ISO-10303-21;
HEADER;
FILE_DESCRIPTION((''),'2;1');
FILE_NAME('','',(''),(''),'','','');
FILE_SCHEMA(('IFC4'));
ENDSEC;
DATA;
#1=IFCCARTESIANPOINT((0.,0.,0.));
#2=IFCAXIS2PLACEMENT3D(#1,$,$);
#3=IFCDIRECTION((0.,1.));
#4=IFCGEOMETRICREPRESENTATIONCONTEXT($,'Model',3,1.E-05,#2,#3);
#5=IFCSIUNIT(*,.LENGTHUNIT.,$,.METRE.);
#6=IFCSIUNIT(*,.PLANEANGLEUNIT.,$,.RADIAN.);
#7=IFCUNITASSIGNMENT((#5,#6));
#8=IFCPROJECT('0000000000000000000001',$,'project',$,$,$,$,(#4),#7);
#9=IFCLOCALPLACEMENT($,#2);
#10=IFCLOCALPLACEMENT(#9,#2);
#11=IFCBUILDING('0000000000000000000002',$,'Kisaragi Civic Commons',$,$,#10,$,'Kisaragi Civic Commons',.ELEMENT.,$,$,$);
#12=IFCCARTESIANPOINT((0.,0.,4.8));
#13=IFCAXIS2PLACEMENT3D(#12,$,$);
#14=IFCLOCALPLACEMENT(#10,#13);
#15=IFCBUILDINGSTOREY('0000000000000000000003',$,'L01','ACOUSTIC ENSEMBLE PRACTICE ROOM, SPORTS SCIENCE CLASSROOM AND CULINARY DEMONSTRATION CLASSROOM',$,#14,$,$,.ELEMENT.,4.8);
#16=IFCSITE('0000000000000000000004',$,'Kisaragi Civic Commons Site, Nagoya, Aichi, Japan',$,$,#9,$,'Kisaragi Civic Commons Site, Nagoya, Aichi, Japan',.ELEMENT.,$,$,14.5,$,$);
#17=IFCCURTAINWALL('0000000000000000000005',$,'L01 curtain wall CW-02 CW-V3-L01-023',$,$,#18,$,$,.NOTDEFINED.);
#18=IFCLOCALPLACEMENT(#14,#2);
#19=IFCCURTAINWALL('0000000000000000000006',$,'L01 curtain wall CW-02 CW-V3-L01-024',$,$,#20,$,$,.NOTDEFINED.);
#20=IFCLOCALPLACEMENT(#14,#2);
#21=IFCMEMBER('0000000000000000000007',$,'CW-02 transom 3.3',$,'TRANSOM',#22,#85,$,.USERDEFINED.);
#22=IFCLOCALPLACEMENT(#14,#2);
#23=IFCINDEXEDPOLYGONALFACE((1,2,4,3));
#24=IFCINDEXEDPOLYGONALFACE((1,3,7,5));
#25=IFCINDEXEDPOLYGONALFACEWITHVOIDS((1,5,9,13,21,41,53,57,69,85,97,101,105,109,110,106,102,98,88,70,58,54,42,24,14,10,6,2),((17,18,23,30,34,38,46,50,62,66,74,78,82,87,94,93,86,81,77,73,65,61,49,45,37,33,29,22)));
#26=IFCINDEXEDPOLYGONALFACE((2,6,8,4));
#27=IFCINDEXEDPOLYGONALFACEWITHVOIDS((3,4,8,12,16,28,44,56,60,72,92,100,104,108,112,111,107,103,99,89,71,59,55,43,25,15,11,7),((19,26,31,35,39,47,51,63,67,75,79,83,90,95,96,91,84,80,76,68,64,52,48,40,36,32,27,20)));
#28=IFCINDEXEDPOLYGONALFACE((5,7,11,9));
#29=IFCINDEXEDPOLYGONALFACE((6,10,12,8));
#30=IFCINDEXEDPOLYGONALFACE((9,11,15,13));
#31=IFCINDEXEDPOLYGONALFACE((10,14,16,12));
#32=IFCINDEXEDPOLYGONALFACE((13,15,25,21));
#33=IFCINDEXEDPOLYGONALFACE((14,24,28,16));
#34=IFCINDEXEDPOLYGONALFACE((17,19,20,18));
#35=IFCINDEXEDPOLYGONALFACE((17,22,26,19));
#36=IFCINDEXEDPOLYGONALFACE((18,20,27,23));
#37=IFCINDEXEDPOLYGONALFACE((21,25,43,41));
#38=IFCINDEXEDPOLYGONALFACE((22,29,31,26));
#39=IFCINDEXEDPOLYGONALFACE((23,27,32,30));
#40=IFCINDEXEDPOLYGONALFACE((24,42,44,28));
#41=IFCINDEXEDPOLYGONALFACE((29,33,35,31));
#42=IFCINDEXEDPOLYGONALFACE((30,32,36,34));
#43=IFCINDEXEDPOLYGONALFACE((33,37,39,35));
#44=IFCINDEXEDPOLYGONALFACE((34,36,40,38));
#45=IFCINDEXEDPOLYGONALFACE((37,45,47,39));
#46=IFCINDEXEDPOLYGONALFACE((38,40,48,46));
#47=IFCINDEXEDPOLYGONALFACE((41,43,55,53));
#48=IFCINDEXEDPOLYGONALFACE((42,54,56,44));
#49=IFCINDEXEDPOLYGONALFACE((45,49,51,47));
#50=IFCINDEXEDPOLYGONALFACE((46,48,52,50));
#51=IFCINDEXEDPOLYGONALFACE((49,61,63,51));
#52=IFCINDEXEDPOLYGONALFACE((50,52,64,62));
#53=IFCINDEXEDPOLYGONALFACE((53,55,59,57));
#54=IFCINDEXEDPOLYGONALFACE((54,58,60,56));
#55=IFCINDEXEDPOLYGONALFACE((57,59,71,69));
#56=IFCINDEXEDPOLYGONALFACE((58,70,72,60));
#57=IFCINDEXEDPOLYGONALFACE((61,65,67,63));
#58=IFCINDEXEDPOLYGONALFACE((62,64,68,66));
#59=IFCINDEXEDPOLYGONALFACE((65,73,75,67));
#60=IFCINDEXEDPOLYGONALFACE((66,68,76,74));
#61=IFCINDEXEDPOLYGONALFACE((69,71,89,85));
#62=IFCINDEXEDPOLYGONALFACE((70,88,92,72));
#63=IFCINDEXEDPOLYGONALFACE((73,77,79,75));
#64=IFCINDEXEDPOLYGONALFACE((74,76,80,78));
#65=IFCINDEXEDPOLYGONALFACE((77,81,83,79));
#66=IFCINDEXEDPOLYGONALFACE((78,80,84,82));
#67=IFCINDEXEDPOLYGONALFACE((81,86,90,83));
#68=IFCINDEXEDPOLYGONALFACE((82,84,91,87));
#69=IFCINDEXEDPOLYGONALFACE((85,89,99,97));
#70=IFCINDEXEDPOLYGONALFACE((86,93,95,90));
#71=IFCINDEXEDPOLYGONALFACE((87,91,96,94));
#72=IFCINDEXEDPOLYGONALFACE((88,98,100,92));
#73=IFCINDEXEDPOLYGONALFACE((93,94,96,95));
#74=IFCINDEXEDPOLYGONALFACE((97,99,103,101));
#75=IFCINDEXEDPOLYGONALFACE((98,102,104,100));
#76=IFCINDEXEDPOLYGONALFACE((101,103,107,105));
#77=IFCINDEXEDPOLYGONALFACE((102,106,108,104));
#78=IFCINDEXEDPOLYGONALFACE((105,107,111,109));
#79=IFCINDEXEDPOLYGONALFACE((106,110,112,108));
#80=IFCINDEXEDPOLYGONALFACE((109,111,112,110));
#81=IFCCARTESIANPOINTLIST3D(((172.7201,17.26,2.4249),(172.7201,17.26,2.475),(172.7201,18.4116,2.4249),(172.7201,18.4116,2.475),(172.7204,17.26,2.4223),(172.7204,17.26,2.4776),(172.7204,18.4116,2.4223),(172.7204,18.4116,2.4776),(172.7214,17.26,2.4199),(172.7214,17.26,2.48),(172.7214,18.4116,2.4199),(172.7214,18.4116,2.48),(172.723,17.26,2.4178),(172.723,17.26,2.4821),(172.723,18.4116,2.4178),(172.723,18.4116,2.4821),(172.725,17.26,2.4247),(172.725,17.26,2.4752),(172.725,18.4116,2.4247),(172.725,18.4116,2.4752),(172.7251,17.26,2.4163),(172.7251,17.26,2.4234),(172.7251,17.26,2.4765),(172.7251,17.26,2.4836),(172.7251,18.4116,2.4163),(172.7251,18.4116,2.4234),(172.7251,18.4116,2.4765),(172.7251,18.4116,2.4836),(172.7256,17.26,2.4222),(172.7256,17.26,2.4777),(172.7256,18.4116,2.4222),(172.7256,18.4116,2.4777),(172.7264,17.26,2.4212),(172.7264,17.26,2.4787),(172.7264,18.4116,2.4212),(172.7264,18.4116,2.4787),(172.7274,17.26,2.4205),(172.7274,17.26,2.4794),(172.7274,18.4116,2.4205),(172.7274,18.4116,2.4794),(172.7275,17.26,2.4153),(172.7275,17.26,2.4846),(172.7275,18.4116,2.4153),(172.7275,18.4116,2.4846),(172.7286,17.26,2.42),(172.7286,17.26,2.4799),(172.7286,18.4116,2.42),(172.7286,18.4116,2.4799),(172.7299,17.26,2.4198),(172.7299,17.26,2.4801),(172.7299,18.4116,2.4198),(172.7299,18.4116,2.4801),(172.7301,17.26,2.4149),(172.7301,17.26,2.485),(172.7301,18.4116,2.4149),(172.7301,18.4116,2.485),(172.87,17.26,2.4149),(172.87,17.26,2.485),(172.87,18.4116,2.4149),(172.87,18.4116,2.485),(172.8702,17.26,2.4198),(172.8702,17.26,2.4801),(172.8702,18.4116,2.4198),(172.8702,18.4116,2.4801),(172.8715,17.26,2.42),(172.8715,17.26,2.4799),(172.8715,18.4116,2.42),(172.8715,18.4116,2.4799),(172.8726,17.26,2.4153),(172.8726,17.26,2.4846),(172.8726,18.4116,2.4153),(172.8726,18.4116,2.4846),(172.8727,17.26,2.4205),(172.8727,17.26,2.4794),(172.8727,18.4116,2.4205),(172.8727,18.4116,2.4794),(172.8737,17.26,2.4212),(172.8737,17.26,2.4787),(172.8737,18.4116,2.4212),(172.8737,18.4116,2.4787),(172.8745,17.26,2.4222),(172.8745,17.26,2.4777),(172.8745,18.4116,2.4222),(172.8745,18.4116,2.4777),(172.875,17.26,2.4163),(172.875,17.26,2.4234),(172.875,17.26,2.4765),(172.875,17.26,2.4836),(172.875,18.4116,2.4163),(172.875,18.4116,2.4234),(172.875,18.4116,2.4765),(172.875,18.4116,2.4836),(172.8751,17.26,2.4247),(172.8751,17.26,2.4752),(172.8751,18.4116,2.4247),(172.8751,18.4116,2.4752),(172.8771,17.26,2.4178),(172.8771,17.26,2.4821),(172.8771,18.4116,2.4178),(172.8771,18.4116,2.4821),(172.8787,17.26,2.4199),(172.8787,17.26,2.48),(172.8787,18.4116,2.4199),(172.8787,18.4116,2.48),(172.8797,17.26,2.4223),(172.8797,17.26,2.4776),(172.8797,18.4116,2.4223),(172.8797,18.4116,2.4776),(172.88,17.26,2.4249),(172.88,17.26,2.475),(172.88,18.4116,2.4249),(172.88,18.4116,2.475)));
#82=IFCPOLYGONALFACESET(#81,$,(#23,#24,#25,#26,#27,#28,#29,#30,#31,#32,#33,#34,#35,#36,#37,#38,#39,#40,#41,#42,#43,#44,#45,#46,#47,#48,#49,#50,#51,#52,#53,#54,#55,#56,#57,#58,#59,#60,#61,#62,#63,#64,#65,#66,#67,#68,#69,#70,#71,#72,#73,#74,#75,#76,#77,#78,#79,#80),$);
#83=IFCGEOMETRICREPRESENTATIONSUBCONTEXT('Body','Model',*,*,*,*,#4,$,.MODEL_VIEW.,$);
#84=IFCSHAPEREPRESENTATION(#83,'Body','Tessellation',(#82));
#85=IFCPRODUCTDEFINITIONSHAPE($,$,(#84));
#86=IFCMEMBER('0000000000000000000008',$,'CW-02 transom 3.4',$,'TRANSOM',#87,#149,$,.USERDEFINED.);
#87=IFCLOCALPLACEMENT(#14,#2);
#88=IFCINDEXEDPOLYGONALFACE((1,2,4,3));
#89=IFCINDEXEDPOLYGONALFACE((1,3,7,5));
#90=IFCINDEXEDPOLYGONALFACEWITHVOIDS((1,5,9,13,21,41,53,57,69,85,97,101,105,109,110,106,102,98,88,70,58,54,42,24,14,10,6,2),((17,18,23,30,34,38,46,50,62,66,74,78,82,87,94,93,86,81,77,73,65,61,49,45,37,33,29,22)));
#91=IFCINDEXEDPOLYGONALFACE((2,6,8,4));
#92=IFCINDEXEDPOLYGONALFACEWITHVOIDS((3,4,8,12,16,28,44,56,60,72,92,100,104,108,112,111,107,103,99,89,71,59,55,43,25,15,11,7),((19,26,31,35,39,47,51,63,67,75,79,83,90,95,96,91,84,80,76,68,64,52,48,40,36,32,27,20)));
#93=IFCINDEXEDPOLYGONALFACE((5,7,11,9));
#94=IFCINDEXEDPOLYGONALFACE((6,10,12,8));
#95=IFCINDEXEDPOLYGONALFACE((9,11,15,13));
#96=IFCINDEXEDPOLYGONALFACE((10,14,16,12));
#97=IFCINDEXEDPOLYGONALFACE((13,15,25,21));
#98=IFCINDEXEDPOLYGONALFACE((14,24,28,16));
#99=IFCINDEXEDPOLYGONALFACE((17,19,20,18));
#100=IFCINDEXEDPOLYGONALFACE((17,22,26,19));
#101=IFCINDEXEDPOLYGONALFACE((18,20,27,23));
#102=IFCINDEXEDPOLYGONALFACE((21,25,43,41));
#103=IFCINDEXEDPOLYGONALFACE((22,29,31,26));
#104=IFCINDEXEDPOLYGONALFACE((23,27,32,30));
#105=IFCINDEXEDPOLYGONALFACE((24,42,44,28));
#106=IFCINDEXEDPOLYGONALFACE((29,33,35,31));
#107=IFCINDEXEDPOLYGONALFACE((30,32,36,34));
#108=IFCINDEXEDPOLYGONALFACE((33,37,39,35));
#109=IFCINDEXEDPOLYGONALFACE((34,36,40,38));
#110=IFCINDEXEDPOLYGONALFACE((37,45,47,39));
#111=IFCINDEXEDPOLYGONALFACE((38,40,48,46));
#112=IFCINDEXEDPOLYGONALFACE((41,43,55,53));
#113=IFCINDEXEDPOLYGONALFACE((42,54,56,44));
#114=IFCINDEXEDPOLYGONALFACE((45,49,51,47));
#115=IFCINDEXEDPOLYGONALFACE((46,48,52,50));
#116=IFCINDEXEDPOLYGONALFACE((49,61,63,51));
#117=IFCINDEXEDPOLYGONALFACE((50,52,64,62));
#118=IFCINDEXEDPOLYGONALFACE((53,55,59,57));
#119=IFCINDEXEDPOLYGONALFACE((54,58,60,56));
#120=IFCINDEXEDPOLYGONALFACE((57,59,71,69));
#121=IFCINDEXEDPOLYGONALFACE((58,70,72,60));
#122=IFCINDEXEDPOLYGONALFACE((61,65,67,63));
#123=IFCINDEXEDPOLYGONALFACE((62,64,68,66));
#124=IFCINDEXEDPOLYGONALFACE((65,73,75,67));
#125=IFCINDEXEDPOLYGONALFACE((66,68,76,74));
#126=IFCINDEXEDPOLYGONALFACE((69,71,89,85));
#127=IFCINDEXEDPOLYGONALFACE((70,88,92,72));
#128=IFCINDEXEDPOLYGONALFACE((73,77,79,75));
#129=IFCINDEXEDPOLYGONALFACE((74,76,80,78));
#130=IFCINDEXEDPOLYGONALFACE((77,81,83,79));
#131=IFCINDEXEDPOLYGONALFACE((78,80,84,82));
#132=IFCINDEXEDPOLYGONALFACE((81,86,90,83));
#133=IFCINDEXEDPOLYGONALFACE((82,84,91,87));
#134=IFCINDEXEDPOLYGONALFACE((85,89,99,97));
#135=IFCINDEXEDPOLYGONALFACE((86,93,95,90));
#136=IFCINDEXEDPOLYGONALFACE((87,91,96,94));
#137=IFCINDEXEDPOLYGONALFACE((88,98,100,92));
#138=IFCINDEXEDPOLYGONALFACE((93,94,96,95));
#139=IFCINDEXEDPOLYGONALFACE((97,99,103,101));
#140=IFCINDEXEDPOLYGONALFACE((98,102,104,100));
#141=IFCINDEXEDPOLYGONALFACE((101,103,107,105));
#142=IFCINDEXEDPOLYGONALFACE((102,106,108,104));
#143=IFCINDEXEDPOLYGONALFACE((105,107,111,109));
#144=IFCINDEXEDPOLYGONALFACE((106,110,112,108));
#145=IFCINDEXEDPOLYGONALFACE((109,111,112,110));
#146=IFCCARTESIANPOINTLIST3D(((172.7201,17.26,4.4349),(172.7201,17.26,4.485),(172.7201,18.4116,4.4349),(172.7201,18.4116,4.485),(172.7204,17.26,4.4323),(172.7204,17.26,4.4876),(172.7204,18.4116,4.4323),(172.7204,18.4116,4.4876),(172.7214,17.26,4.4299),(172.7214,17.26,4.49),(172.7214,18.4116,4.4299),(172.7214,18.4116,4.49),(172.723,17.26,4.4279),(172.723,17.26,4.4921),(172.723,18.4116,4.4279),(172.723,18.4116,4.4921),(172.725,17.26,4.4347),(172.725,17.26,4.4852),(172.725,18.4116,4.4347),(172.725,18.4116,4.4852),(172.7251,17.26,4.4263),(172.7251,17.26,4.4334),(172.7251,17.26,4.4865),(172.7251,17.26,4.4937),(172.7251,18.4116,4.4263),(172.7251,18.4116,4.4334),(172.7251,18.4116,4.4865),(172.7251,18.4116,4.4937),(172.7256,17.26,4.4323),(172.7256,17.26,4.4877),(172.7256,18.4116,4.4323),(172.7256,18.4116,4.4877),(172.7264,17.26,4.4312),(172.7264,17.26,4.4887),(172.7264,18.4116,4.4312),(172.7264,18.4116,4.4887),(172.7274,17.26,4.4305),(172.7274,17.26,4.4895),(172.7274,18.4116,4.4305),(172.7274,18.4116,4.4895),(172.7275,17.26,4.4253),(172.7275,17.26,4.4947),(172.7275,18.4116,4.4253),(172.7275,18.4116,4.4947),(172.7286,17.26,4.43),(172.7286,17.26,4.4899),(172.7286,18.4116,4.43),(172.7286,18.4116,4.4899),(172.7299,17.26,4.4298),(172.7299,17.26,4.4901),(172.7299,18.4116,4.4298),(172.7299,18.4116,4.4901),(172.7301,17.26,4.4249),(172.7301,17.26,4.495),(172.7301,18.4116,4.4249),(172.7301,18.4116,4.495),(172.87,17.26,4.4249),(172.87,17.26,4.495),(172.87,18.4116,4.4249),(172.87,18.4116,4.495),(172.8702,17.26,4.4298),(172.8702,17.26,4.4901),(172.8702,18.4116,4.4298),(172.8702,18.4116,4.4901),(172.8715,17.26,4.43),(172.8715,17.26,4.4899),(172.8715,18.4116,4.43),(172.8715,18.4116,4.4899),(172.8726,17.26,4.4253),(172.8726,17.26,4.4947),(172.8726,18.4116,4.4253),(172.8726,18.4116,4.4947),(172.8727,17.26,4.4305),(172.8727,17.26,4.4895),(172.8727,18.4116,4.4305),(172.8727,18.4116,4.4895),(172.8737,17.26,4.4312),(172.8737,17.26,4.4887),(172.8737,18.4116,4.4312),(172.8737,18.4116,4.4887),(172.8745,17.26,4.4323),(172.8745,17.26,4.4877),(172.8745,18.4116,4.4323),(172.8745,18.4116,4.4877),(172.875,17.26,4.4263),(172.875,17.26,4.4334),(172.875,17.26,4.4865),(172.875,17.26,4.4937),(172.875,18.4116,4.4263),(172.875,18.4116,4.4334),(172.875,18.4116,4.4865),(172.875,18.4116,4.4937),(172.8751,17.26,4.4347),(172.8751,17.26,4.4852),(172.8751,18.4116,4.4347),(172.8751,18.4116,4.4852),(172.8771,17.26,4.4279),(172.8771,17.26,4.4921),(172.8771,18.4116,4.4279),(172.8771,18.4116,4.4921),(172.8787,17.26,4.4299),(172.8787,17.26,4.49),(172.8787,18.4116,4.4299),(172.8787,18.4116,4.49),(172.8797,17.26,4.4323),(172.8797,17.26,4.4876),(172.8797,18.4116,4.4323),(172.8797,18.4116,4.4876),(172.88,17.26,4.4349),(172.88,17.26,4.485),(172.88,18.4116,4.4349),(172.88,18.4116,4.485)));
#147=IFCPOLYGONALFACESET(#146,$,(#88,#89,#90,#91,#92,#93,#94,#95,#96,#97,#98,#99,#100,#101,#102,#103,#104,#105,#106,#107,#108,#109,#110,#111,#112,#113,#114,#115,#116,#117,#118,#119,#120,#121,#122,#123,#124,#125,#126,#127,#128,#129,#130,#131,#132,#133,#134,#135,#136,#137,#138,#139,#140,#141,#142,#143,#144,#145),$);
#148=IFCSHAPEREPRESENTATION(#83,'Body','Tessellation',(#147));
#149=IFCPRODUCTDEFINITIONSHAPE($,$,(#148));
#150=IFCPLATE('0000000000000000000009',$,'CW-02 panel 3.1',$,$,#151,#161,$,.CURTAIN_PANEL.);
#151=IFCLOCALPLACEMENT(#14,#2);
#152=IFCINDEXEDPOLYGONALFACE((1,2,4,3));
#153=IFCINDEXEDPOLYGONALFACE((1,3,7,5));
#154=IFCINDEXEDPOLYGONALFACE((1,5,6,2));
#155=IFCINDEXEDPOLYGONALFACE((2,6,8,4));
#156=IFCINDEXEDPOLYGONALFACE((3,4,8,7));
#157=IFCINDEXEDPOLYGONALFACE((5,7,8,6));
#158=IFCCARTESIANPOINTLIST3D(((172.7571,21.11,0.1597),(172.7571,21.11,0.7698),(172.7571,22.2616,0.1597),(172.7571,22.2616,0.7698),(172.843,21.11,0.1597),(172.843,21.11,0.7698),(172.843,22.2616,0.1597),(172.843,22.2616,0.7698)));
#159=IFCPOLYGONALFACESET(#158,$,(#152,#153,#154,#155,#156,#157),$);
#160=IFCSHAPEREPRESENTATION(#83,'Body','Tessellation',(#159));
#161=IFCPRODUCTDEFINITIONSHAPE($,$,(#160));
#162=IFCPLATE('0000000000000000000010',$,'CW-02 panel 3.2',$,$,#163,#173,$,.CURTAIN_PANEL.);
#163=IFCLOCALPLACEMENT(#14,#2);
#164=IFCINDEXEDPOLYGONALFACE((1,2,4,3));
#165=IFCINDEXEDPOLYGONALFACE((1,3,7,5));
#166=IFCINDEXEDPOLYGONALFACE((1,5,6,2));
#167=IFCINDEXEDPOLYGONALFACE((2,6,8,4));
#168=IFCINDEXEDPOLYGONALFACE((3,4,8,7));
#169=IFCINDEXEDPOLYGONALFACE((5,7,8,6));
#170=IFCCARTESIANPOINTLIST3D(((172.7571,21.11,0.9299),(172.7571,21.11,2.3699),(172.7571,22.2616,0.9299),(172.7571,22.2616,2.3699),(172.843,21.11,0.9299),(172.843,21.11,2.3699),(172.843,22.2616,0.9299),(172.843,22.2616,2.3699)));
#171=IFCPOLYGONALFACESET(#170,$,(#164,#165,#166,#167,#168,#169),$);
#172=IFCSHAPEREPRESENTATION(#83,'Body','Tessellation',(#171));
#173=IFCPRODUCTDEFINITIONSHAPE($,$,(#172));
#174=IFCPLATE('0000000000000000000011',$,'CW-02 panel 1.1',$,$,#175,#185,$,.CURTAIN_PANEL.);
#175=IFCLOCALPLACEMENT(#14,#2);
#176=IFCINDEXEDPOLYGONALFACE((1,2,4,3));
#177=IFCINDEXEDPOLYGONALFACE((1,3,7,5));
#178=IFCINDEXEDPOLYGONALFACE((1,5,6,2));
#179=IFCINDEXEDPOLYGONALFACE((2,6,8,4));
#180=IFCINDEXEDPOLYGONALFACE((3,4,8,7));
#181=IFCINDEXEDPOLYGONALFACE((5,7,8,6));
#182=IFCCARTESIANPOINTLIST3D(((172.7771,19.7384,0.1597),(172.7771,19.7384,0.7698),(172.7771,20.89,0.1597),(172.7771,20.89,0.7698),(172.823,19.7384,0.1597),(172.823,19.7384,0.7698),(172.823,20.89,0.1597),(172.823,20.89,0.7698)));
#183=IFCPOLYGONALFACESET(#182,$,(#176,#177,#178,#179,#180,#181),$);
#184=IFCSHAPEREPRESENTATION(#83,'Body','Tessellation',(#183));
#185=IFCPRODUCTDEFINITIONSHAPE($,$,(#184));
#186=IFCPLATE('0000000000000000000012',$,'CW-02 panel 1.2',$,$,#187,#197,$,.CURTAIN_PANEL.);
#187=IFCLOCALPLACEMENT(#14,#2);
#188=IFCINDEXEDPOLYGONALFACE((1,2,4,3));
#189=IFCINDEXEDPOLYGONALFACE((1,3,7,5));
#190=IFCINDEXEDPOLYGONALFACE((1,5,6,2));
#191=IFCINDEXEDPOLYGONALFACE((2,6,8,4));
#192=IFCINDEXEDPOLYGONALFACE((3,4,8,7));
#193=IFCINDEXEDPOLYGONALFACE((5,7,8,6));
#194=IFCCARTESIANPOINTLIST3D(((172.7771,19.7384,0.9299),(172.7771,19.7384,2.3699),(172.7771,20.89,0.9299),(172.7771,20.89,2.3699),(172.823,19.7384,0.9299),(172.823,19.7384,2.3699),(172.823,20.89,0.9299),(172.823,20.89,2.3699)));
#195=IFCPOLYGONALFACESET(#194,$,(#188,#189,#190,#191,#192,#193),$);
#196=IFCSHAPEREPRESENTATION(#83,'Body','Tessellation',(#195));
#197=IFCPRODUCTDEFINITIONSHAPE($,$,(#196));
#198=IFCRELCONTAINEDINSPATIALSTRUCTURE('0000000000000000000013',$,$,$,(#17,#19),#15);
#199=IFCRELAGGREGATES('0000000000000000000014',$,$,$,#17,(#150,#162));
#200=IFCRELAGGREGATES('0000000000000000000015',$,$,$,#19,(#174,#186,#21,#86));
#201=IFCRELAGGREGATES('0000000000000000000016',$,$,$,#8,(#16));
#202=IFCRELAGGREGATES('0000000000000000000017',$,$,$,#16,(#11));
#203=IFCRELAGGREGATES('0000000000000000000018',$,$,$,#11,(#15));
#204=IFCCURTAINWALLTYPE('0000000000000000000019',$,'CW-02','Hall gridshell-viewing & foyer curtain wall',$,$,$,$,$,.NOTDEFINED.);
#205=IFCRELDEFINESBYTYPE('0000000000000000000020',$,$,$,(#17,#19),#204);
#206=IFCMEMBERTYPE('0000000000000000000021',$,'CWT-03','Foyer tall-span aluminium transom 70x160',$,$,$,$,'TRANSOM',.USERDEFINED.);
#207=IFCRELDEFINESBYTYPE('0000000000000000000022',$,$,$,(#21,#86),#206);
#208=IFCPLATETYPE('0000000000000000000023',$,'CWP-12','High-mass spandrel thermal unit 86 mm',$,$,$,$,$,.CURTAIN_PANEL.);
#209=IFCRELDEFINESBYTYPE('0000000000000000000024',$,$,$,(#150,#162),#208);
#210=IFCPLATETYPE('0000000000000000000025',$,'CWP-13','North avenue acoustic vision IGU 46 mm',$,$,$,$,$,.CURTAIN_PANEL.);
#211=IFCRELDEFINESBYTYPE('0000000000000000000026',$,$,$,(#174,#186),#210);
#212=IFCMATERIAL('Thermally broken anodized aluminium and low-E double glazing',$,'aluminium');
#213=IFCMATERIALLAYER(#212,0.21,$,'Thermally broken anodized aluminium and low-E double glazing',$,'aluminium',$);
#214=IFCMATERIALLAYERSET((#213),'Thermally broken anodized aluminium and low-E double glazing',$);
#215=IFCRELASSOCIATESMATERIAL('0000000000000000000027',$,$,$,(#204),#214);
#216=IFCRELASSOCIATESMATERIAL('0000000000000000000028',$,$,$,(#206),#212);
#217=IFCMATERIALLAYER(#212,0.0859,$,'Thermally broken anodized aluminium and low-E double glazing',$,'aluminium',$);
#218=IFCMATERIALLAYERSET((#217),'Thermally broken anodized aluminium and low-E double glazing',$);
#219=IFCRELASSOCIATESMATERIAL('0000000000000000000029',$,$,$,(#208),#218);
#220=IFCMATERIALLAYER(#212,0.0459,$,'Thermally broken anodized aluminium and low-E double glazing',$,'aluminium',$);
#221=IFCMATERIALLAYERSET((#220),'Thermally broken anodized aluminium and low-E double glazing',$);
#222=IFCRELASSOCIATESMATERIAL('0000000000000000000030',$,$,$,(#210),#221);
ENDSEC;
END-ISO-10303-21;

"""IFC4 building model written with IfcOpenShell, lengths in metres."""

from ifc_helpers import new_model, si_unit, direction, frame, origin, origin_2d, place, context, subcontext, project, spatial, rectangle, hollow_rectangle, extrude, material, layer, layer_set, material_profile, profile_set, type_object, element, aggregate, save


model = new_model("IFC4")

# Units and contexts
model_context = context("Model", 3, precision=1e-05, world=origin(), true_north=direction((0.0, 1.0)))
body_context = subcontext(model_context, "Body", "Model", "MODEL_VIEW")
ifc_project = project(units=[si_unit("LENGTHUNIT", "METRE"), si_unit("PLANEANGLEUNIT", "RADIAN")], contexts=[model_context])

# Site, building, storey
site_placement = place(None, origin())
site = spatial("IfcSite", under=ifc_project, at=site_placement, Name="Kisaragi Civic Commons Site, Nagoya, Aichi, Japan", LongName="Kisaragi Civic Commons Site, Nagoya, Aichi, Japan", CompositionType="ELEMENT", RefElevation=14.5)
building_placement = place(site_placement, origin())
building = spatial("IfcBuilding", under=site, at=building_placement, Name="Kisaragi Civic Commons", LongName="Kisaragi Civic Commons", CompositionType="ELEMENT")
storey_placement = place(building_placement, frame((0.0, 0.0, 4.8)))
storey = spatial("IfcBuildingStorey", under=building, at=storey_placement, Name="L01", Description="ACOUSTIC ENSEMBLE PRACTICE ROOM, SPORTS SCIENCE CLASSROOM AND CULINARY DEMONSTRATION CLASSROOM", CompositionType="ELEMENT", Elevation=4.8)

# Curtain wall
ifc_material = material(Name="Thermally broken anodized aluminium and low-E double glazing", Category="aluminium")
ifc_layer_1 = layer(ifc_material, 0.21, Name="Thermally broken anodized aluminium and low-E double glazing", Category="aluminium")
ifc_layer_set_1 = layer_set([ifc_layer_1], Name="Thermally broken anodized aluminium and low-E double glazing")
curtain_wall_type = type_object("IfcCurtainWallType", Name="CW-02", Description="Hall gridshell-viewing & foyer curtain wall", PredefinedType="NOTDEFINED", material=ifc_layer_set_1)
curtain_wall_1_placement = place(storey_placement, origin())
curtain_wall_1 = element("IfcCurtainWall", 1, at=curtain_wall_1_placement, inside=storey, type_object=curtain_wall_type, Name="L01 curtain wall CW-02 CW-V3-L01-023", PredefinedType="NOTDEFINED")

# Curtain wall, members
curtain_wall_2_placement = place(storey_placement, origin())
curtain_wall_2 = element("IfcCurtainWall", 2, at=curtain_wall_2_placement, inside=storey, type_object=curtain_wall_type, Name="L01 curtain wall CW-02 CW-V3-L01-024", PredefinedType="NOTDEFINED")
ifc_material_profile_1 = material_profile(ifc_material, hollow_rectangle(XDim=0.1599, YDim=0.0701, WallThickness=0.0049, InnerFilletRadius=0.0049, OuterFilletRadius=0.01, at=origin_2d()), Name="CWT-70x160x5", Category="aluminium")
ifc_profile_set_1 = profile_set([ifc_material_profile_1], Name="Thermally broken anodized aluminium and low-E double glazing")
member_type_1 = type_object("IfcMemberType", Name="CWT-03", Description="Foyer tall-span aluminium transom 70x160", ElementType="TRANSOM", PredefinedType="USERDEFINED", material=ifc_profile_set_1)
member_1_placement = place(storey_placement, frame((172.8, 18.4116, 2.45), z_axis=(0.0, -1.0, 0.0), x_axis=(1.0, 0.0, 0.0)))
member_1 = element("IfcMember", 3, at=member_1_placement, type_object=member_type_1, Name="CW-02 transom 3.3", ObjectType="TRANSOM", PredefinedType="USERDEFINED", context=body_context, shape_type="SweptSolid", body=[
    extrude(hollow_rectangle(XDim=0.1599, YDim=0.0701, WallThickness=0.0049, InnerFilletRadius=0.0049, OuterFilletRadius=0.01, at=origin_2d()), origin(), (0.0, 0.0, 1.0), 1.1516),
])
member_2_placement = place(storey_placement, frame((172.8, 18.4116, 4.46), z_axis=(0.0, -1.0, 0.0), x_axis=(1.0, 0.0, 0.0)))
member_2 = element("IfcMember", 4, at=member_2_placement, type_object=member_type_1, Name="CW-02 transom 3.4", ObjectType="TRANSOM", PredefinedType="USERDEFINED", context=body_context, shape_type="SweptSolid", body=[
    extrude(hollow_rectangle(XDim=0.1599, YDim=0.0701, WallThickness=0.0049, InnerFilletRadius=0.0049, OuterFilletRadius=0.01, at=origin_2d()), origin(), (0.0, 0.0, 1.0), 1.1516),
])

# Plates
ifc_layer_2 = layer(ifc_material, 0.0859, Name="Thermally broken anodized aluminium and low-E double glazing", Category="aluminium")
ifc_layer_set_2 = layer_set([ifc_layer_2], Name="Thermally broken anodized aluminium and low-E double glazing")
plate_type_1 = type_object("IfcPlateType", Name="CWP-12", Description="High-mass spandrel thermal unit 86 mm", PredefinedType="CURTAIN_PANEL", material=ifc_layer_set_2)
plate_1_placement = place(storey_placement, frame((172.8, 21.6858, 0.1597), z_axis=(0.0, 0.0, 1.0), x_axis=(0.0, -1.0, 0.0)))
plate_1 = element("IfcPlate", 5, at=plate_1_placement, type_object=plate_type_1, Name="CW-02 panel 3.1", PredefinedType="CURTAIN_PANEL", context=body_context, shape_type="SweptSolid", body=[
    extrude(rectangle(XDim=1.1516, YDim=0.0859, at=origin_2d()), origin(), (0.0, 0.0, 1.0), 0.6101),
])
plate_2_placement = place(storey_placement, frame((172.8, 21.6858, 0.9299), z_axis=(0.0, 0.0, 1.0), x_axis=(0.0, -1.0, 0.0)))
plate_2 = element("IfcPlate", 6, at=plate_2_placement, type_object=plate_type_1, Name="CW-02 panel 3.2", PredefinedType="CURTAIN_PANEL", context=body_context, shape_type="SweptSolid", body=[
    extrude(rectangle(XDim=1.1516, YDim=0.0859, at=origin_2d()), origin(), (0.0, 0.0, 1.0), 1.4399),
])
aggregate(curtain_wall_1, [plate_1, plate_2])
ifc_layer_3 = layer(ifc_material, 0.0459, Name="Thermally broken anodized aluminium and low-E double glazing", Category="aluminium")
ifc_layer_set_3 = layer_set([ifc_layer_3], Name="Thermally broken anodized aluminium and low-E double glazing")
plate_type_2 = type_object("IfcPlateType", Name="CWP-13", Description="North avenue acoustic vision IGU 46 mm", PredefinedType="CURTAIN_PANEL", material=ifc_layer_set_3)
plate_3_placement = place(storey_placement, frame((172.8, 20.3142, 0.1597), z_axis=(0.0, 0.0, 1.0), x_axis=(0.0, -1.0, 0.0)))
plate_3 = element("IfcPlate", 7, at=plate_3_placement, type_object=plate_type_2, Name="CW-02 panel 1.1", PredefinedType="CURTAIN_PANEL", context=body_context, shape_type="SweptSolid", body=[
    extrude(rectangle(XDim=1.1516, YDim=0.0459, at=origin_2d()), origin(), (0.0, 0.0, 1.0), 0.6101),
])
plate_4_placement = place(storey_placement, frame((172.8, 20.3142, 0.9299), z_axis=(0.0, 0.0, 1.0), x_axis=(0.0, -1.0, 0.0)))
plate_4 = element("IfcPlate", 8, at=plate_4_placement, type_object=plate_type_2, Name="CW-02 panel 1.2", PredefinedType="CURTAIN_PANEL", context=body_context, shape_type="SweptSolid", body=[
    extrude(rectangle(XDim=1.1516, YDim=0.0459, at=origin_2d()), origin(), (0.0, 0.0, 1.0), 1.4399),
])
aggregate(curtain_wall_2, [plate_3, plate_4, member_1, member_2])

save(model, "model.ifc")
